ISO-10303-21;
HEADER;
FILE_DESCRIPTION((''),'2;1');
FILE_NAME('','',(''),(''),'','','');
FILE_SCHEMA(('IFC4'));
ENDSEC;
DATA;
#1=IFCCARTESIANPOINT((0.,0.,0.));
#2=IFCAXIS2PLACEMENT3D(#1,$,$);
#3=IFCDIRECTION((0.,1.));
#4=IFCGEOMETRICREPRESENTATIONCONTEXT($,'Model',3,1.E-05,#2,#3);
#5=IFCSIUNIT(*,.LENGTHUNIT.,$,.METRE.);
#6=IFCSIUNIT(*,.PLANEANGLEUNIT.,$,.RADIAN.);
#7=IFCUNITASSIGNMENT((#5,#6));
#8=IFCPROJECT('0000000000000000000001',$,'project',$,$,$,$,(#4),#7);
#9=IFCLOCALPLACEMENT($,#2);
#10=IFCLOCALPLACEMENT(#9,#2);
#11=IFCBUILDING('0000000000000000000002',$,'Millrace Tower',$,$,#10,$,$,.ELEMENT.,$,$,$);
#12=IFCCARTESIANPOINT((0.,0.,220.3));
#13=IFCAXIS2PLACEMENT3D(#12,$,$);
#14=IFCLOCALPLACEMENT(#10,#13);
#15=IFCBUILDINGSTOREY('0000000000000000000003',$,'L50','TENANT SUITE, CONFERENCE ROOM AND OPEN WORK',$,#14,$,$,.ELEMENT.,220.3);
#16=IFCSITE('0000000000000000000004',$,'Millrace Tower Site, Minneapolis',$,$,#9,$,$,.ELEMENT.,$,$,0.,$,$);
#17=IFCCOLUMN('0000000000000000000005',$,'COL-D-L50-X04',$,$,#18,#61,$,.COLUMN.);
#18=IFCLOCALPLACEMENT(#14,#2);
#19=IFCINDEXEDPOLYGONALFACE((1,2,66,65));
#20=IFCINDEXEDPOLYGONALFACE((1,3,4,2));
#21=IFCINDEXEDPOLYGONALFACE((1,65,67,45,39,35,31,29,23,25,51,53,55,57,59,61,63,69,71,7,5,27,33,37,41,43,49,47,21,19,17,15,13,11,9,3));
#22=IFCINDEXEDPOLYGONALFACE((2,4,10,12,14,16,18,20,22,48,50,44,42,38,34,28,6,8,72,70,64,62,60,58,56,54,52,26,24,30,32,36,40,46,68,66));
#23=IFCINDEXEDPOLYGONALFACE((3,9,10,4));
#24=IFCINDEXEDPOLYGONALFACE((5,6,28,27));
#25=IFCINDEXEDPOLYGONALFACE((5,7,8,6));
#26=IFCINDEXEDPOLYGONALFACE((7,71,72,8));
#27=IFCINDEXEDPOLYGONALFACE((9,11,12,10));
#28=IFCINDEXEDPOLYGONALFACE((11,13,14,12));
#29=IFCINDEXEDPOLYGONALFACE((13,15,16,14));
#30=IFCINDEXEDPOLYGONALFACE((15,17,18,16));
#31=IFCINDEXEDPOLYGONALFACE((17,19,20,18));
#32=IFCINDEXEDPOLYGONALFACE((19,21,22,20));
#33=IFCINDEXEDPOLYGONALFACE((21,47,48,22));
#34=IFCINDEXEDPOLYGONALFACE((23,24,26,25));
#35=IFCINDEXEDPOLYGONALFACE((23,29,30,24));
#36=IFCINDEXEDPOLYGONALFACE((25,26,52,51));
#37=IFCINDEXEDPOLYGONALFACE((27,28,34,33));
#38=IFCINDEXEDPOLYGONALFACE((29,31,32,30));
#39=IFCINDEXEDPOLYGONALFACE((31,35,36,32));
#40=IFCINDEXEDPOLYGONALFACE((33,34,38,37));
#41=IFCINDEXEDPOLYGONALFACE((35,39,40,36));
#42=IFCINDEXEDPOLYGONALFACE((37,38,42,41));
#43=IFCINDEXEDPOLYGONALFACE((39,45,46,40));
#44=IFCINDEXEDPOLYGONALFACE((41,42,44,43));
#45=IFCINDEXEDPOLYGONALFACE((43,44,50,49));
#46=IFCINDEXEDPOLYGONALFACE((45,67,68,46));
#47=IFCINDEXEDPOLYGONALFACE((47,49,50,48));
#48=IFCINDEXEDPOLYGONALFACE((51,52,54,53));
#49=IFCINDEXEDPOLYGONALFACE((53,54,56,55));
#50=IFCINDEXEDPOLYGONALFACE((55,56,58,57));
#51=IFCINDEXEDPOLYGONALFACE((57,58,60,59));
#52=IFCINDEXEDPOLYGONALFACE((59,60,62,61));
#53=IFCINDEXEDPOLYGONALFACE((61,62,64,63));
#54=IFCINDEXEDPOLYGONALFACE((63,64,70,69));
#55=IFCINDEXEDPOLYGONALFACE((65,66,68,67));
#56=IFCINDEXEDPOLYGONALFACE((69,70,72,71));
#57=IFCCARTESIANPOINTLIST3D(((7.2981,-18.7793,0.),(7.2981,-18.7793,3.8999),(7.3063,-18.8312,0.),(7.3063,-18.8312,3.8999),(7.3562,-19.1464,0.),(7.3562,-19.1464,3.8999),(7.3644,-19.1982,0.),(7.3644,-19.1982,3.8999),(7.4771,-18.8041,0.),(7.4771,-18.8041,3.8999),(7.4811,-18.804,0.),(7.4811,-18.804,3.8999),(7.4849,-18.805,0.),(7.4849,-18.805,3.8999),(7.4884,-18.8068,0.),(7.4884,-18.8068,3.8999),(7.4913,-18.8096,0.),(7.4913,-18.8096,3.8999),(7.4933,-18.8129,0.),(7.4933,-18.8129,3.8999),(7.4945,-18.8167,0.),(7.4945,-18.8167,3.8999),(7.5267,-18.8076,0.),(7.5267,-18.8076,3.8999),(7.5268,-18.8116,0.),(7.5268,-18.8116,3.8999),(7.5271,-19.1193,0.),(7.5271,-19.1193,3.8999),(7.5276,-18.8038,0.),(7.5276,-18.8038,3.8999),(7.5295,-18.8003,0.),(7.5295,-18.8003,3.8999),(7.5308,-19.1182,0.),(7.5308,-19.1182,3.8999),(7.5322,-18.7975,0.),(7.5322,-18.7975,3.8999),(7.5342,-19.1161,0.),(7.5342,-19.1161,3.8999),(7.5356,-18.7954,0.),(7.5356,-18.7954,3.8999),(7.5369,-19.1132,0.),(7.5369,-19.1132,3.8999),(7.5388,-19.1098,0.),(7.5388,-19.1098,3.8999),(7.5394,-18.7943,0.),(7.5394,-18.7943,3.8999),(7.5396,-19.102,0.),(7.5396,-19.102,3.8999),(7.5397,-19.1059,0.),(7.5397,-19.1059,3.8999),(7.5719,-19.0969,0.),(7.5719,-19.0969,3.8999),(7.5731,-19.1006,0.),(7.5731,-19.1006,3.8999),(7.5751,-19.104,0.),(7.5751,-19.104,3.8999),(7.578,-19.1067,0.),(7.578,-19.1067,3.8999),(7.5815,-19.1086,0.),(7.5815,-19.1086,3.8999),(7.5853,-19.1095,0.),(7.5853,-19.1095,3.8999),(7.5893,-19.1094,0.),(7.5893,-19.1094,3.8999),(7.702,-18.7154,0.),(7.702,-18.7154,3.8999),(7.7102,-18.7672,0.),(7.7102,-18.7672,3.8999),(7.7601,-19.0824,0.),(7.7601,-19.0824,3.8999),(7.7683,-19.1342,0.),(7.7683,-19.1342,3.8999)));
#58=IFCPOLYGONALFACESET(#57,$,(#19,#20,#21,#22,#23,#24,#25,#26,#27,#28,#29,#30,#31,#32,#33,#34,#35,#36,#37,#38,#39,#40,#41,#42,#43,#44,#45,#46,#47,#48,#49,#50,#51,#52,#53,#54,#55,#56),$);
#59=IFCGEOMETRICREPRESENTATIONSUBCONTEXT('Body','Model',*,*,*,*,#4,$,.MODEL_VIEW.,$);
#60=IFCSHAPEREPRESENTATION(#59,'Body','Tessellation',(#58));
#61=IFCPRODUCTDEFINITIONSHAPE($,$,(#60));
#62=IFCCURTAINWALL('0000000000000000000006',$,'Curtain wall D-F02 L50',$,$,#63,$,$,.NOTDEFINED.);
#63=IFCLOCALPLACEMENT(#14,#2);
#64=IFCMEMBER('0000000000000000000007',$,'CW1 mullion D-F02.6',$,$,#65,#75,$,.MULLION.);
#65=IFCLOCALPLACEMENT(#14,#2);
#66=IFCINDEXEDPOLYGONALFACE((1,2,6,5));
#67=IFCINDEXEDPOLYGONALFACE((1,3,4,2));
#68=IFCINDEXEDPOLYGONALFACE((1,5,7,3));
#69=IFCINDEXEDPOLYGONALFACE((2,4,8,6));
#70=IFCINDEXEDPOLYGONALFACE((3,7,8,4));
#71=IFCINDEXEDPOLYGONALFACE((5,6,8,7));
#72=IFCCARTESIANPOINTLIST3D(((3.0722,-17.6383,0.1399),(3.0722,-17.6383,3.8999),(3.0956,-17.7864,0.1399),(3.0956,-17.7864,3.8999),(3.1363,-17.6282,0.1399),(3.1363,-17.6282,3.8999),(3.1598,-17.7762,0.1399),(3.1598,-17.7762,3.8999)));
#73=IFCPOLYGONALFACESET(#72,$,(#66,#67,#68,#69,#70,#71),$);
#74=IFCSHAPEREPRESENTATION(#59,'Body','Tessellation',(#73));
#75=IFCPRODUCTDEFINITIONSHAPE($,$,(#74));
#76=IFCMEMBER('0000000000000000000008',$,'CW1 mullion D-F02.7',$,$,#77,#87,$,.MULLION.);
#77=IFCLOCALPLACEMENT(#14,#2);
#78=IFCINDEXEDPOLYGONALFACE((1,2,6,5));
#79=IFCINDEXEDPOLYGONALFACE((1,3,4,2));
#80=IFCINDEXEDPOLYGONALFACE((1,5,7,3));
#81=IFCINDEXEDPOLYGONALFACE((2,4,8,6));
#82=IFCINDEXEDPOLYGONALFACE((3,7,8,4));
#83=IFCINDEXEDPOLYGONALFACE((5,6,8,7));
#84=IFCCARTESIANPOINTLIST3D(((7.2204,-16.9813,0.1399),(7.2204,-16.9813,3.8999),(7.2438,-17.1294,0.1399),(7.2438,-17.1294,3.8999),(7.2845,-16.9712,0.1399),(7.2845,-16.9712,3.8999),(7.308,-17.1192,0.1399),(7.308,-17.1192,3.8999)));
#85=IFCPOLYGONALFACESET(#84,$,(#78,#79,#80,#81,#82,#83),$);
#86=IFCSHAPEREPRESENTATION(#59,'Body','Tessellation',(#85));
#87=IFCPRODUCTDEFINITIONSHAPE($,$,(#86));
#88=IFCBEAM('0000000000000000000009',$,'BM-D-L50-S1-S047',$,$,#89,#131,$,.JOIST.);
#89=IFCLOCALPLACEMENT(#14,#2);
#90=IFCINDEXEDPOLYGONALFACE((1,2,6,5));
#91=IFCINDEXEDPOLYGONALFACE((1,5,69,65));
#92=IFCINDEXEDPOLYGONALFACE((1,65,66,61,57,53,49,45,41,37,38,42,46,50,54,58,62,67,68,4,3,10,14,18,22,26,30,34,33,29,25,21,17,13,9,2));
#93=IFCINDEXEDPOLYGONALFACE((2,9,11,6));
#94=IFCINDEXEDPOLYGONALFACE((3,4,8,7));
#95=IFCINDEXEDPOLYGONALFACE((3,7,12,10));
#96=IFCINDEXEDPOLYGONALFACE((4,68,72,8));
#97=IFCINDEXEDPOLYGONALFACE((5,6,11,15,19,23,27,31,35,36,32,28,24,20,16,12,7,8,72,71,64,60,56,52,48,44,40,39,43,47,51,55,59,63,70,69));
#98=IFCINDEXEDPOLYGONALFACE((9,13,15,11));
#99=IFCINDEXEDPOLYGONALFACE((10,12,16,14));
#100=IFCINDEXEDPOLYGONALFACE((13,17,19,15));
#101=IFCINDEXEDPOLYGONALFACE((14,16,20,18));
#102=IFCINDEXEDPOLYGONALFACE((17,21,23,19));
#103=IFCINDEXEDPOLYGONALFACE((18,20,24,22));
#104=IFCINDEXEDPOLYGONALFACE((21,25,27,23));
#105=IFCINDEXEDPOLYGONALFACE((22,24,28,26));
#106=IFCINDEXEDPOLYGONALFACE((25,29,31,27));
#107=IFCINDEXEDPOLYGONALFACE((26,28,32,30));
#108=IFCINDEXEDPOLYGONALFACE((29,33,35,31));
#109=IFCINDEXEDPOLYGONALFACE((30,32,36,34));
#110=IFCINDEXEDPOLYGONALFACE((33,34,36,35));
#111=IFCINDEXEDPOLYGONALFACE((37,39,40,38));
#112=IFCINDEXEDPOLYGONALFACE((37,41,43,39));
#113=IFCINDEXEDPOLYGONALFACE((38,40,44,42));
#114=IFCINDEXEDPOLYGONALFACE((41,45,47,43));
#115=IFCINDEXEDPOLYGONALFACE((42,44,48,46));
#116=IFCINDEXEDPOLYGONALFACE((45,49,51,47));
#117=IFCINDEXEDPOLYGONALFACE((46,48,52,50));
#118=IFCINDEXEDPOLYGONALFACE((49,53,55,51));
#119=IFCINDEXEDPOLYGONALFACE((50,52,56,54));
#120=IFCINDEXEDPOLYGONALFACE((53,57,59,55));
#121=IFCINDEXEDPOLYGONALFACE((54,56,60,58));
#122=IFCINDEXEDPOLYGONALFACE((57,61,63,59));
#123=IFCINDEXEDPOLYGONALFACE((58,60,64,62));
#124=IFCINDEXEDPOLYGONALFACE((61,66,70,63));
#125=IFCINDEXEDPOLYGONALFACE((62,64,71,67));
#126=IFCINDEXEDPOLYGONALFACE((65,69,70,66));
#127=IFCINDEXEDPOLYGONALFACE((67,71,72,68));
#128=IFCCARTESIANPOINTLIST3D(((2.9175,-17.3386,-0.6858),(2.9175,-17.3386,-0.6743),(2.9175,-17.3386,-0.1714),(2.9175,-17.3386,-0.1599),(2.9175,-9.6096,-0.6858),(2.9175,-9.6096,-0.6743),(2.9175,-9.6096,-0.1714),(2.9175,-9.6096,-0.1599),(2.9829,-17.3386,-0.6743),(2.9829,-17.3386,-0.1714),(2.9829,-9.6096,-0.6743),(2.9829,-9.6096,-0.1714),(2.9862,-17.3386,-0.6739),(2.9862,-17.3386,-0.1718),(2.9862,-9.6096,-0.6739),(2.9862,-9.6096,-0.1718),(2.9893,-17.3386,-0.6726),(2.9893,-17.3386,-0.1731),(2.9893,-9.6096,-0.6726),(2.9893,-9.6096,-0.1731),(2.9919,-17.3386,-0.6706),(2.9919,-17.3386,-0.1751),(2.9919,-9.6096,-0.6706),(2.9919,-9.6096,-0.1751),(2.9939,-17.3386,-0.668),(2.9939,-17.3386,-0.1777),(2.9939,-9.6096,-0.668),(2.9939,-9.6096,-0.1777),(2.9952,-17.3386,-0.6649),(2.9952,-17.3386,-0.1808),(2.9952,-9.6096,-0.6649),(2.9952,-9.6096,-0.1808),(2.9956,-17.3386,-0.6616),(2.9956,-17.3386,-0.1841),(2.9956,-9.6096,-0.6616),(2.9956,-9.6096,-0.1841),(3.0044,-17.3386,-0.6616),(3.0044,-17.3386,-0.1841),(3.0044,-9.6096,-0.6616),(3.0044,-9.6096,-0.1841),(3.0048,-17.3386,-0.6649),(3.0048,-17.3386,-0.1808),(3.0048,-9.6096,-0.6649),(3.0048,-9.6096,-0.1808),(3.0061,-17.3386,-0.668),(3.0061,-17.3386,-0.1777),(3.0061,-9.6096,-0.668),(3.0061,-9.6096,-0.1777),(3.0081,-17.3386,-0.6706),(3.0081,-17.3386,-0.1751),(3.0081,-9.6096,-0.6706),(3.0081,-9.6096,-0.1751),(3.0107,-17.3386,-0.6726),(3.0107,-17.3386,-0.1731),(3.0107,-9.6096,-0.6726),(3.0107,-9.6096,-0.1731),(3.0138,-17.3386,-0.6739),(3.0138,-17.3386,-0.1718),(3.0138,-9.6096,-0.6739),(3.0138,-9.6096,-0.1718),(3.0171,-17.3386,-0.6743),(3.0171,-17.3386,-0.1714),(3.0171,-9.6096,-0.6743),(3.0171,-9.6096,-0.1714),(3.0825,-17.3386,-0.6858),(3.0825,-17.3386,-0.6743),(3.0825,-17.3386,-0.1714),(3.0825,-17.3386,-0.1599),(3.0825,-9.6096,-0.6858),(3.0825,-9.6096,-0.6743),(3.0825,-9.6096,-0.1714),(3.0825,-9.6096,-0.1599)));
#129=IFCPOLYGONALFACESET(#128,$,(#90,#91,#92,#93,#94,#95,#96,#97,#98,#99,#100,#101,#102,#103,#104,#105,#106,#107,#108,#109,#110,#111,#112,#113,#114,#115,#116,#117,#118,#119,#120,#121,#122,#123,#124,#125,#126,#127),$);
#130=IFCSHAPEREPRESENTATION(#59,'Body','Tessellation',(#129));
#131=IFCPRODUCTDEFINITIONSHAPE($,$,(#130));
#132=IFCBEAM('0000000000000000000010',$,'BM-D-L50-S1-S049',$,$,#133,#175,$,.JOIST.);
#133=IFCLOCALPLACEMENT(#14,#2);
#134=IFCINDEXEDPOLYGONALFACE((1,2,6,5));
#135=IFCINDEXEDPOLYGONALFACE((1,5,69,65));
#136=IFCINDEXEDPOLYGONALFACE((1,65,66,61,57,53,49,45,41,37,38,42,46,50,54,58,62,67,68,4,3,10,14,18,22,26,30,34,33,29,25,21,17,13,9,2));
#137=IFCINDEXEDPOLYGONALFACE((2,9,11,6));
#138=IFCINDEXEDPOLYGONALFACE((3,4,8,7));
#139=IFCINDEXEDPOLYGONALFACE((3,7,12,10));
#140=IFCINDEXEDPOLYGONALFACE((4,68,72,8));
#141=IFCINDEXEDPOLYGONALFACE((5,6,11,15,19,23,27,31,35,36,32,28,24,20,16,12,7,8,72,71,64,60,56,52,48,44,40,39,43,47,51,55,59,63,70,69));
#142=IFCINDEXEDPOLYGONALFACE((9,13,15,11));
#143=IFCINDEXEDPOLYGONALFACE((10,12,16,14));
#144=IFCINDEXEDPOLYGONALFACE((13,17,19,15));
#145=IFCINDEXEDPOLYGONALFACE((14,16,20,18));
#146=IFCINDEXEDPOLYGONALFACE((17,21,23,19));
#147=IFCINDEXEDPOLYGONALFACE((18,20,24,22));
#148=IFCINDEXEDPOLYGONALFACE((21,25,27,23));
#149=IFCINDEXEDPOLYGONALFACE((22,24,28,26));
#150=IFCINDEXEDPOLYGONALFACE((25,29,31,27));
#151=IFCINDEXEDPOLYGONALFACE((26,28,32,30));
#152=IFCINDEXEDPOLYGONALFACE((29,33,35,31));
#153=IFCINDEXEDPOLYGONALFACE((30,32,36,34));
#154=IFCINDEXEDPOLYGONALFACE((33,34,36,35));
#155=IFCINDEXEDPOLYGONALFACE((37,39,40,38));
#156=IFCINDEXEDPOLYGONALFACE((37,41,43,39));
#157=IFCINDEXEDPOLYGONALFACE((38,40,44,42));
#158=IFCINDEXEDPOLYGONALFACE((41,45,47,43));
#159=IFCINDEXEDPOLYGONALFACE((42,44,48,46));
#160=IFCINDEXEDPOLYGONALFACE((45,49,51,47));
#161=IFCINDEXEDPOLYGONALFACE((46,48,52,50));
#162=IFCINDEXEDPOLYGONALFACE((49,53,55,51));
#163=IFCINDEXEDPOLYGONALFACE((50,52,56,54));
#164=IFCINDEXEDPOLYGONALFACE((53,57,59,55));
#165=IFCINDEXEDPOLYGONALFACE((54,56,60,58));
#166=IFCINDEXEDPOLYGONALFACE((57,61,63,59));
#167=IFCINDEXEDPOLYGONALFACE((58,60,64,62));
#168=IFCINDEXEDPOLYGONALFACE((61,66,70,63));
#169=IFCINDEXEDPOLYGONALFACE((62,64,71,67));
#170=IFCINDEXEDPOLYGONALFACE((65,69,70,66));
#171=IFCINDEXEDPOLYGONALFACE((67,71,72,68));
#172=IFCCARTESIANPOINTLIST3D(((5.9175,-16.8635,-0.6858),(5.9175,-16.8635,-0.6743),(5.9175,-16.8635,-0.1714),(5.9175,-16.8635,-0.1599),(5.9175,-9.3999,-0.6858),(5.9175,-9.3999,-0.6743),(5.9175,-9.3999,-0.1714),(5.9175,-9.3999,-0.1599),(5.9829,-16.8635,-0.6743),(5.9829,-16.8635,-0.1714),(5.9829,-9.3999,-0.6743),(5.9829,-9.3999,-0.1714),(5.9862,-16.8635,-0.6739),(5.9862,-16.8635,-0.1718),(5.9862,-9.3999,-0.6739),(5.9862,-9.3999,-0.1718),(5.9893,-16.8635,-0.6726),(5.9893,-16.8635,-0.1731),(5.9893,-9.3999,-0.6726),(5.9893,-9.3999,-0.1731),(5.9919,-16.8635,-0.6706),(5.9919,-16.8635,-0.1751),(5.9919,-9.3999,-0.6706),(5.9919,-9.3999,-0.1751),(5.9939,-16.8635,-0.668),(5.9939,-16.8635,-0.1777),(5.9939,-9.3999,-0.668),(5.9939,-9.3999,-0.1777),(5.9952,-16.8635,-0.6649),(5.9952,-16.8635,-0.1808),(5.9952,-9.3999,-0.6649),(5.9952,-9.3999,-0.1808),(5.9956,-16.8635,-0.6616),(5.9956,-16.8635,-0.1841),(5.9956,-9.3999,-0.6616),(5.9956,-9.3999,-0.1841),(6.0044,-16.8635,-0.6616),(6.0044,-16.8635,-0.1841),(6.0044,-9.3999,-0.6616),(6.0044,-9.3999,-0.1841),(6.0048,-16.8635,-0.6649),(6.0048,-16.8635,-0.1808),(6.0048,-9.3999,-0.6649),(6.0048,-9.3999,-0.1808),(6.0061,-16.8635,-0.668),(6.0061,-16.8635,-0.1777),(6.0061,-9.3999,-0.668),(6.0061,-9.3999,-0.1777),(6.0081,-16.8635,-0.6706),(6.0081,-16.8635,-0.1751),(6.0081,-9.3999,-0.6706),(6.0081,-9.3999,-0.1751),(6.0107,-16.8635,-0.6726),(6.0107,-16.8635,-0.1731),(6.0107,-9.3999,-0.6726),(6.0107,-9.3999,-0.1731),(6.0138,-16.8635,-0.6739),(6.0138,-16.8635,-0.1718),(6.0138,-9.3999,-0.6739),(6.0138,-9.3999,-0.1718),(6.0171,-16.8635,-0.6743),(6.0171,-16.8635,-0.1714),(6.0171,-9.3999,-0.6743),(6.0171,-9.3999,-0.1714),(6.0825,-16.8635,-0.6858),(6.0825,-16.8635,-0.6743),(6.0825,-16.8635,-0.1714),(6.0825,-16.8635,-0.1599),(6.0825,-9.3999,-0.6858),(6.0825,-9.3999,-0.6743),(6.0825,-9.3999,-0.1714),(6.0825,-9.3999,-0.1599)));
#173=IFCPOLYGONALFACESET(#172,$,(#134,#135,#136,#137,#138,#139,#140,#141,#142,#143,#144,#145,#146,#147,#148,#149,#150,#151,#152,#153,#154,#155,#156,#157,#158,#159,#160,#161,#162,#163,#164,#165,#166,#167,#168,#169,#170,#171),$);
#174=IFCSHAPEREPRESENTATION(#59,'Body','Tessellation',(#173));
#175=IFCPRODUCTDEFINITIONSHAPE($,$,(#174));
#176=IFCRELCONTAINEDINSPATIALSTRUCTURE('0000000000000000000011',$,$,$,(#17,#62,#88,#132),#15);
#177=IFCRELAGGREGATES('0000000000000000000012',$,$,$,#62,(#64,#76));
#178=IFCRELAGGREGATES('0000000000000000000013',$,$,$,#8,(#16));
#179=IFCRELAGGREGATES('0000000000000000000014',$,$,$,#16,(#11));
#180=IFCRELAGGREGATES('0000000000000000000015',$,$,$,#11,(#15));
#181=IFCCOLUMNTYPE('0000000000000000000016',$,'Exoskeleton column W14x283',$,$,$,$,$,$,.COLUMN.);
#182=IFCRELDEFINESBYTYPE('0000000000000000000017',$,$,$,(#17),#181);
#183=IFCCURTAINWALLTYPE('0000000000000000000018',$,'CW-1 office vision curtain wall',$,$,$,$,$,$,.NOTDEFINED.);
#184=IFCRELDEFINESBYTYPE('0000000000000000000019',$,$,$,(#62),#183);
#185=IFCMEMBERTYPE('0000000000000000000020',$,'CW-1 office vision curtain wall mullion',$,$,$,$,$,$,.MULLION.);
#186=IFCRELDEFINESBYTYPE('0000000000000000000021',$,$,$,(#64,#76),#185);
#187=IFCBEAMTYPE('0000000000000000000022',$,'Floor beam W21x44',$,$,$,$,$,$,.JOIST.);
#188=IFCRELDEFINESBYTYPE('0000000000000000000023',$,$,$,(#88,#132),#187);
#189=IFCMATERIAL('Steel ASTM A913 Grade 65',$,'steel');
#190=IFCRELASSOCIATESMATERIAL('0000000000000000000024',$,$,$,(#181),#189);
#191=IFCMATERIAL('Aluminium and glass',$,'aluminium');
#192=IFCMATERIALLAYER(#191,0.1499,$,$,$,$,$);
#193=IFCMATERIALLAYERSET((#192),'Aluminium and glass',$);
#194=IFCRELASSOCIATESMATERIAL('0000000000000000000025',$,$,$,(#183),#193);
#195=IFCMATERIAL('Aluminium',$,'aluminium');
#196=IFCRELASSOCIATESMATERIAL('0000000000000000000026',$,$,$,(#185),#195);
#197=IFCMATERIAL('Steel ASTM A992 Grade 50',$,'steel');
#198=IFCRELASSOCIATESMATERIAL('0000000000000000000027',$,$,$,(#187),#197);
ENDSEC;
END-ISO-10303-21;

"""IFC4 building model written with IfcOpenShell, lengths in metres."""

from ifc_helpers import new_model, si_unit, direction, frame, origin, origin_2d, place, context, subcontext, project, spatial, rectangle, i_section, extrude, material, layer, layer_set, material_profile, profile_set, type_object, element, aggregate, save


model = new_model("IFC4")

# Units and contexts
model_context = context("Model", 3, precision=1e-05, world=origin(), true_north=direction((0.0, 1.0)))
body_context = subcontext(model_context, "Body", "Model", "MODEL_VIEW")
ifc_project = project(units=[si_unit("LENGTHUNIT", "METRE"), si_unit("PLANEANGLEUNIT", "RADIAN")], contexts=[model_context])

# Site, building, storey
site_placement = place(None, origin())
site = spatial("IfcSite", under=ifc_project, at=site_placement, Name="Millrace Tower Site, Minneapolis", CompositionType="ELEMENT", RefElevation=0.0)
building_placement = place(site_placement, origin())
building = spatial("IfcBuilding", under=site, at=building_placement, Name="Millrace Tower", CompositionType="ELEMENT")
storey_placement = place(building_placement, frame((0.0, 0.0, 220.3)))
storey = spatial("IfcBuildingStorey", under=building, at=storey_placement, Name="L50", Description="TENANT SUITE, CONFERENCE ROOM AND OPEN WORK", CompositionType="ELEMENT", Elevation=220.3)

# Column
ifc_material_1 = material(Name="Steel ASTM A913 Grade 65", Category="steel")
ifc_material_profile_1 = material_profile(ifc_material_1, i_section(OverallWidth=0.4089, OverallDepth=0.4241, WebThickness=0.0327, FlangeThickness=0.0525, FilletRadius=0.0151, at=origin_2d()))
ifc_profile_set_1 = profile_set([ifc_material_profile_1], Name="Steel ASTM A913 Grade 65")
column_type = type_object("IfcColumnType", Name="Exoskeleton column W14x283", PredefinedType="COLUMN", material=ifc_profile_set_1)
column_placement = place(storey_placement, frame((7.5332, -18.9568, 0.0), z_axis=(0.0, 0.0, 1.0), x_axis=(0.987688, 0.156434, 0.0)))
element("IfcColumn", 1, at=column_placement, inside=storey, type_object=column_type, Name="COL-D-L50-X04", PredefinedType="COLUMN", context=body_context, shape_type="SweptSolid", body=[
    extrude(i_section(OverallWidth=0.4089, OverallDepth=0.4241, WebThickness=0.0327, FlangeThickness=0.0525, FilletRadius=0.0151, at=origin_2d()), origin(), (0.0, 0.0, 1.0), 3.8999),
])

# Curtain wall, members
ifc_material_2 = material(Name="Aluminium and glass", Category="aluminium")
ifc_layer_1 = layer(ifc_material_2, 0.1499)
ifc_layer_set_1 = layer_set([ifc_layer_1], Name="Aluminium and glass")
curtain_wall_type = type_object("IfcCurtainWallType", Name="CW-1 office vision curtain wall", PredefinedType="NOTDEFINED", material=ifc_layer_set_1)
placement_1 = place(storey_placement, origin())
curtain_wall_1 = element("IfcCurtainWall", 2, at=placement_1, inside=storey, type_object=curtain_wall_type, Name="Curtain wall D-F02 L50", PredefinedType="NOTDEFINED")
ifc_material_3 = material(Name="Aluminium", Category="aluminium")
ifc_material_profile_2 = material_profile(ifc_material_3, rectangle(XDim=0.0649, YDim=0.1499, at=origin_2d()))
ifc_profile_set_2 = profile_set([ifc_material_profile_2], Name="Aluminium")
member_type = type_object("IfcMemberType", Name="CW-1 office vision curtain wall mullion", PredefinedType="MULLION", material=ifc_profile_set_2)
member_1_placement = place(storey_placement, frame((3.116, -17.7073, 0.1399), z_axis=(0.0, 0.0, 1.0), x_axis=(0.987688, 0.156434, 0.0)))
member_1 = element("IfcMember", 3, at=member_1_placement, type_object=member_type, Name="CW1 mullion D-F02.6", PredefinedType="MULLION", context=body_context, shape_type="SweptSolid", body=[
    extrude(rectangle(XDim=0.0649, YDim=0.1499, at=origin_2d()), origin(), (0.0, 0.0, 1.0), 3.76),
])
member_2_placement = place(storey_placement, frame((7.2642, -17.0503, 0.1399), z_axis=(0.0, 0.0, 1.0), x_axis=(0.987688, 0.156434, 0.0)))
member_2 = element("IfcMember", 4, at=member_2_placement, type_object=member_type, Name="CW1 mullion D-F02.7", PredefinedType="MULLION", context=body_context, shape_type="SweptSolid", body=[
    extrude(rectangle(XDim=0.0649, YDim=0.1499, at=origin_2d()), origin(), (0.0, 0.0, 1.0), 3.76),
])
aggregate(curtain_wall_1, [member_1, member_2])

# Beams
ifc_material_4 = material(Name="Steel ASTM A992 Grade 50", Category="steel")
ifc_material_profile_3 = material_profile(ifc_material_4, i_section(OverallWidth=0.165, OverallDepth=0.5259, WebThickness=0.0088, FlangeThickness=0.0115, FilletRadius=0.0127, at=origin_2d()))
ifc_profile_set_3 = profile_set([ifc_material_profile_3], Name="Steel ASTM A992 Grade 50")
beam_type_1 = type_object("IfcBeamType", Name="Floor beam W21x44", PredefinedType="JOIST", material=ifc_profile_set_3)
beam_1_placement = place(storey_placement, frame((3.0, -17.3386, -0.4229), z_axis=(0.0, 1.0, 0.0), x_axis=(-1.0, 0.0, 0.0)))
element("IfcBeam", 5, at=beam_1_placement, inside=storey, type_object=beam_type_1, Name="BM-D-L50-S1-S047", PredefinedType="JOIST", context=body_context, shape_type="SweptSolid", body=[
    extrude(i_section(OverallWidth=0.165, OverallDepth=0.5259, WebThickness=0.0088, FlangeThickness=0.0115, FilletRadius=0.0127, at=origin_2d()), origin(), (0.0, 0.0, 1.0), 7.729),
])
beam_2_placement = place(storey_placement, frame((6.0, -16.8635, -0.4229), z_axis=(0.0, 1.0, 0.0), x_axis=(-1.0, 0.0, 0.0)))
element("IfcBeam", 6, at=beam_2_placement, inside=storey, type_object=beam_type_1, Name="BM-D-L50-S1-S049", PredefinedType="JOIST", context=body_context, shape_type="SweptSolid", body=[
    extrude(i_section(OverallWidth=0.165, OverallDepth=0.5259, WebThickness=0.0088, FlangeThickness=0.0115, FilletRadius=0.0127, at=origin_2d()), origin(), (0.0, 0.0, 1.0), 7.4636),
])

save(model, "model.ifc")
